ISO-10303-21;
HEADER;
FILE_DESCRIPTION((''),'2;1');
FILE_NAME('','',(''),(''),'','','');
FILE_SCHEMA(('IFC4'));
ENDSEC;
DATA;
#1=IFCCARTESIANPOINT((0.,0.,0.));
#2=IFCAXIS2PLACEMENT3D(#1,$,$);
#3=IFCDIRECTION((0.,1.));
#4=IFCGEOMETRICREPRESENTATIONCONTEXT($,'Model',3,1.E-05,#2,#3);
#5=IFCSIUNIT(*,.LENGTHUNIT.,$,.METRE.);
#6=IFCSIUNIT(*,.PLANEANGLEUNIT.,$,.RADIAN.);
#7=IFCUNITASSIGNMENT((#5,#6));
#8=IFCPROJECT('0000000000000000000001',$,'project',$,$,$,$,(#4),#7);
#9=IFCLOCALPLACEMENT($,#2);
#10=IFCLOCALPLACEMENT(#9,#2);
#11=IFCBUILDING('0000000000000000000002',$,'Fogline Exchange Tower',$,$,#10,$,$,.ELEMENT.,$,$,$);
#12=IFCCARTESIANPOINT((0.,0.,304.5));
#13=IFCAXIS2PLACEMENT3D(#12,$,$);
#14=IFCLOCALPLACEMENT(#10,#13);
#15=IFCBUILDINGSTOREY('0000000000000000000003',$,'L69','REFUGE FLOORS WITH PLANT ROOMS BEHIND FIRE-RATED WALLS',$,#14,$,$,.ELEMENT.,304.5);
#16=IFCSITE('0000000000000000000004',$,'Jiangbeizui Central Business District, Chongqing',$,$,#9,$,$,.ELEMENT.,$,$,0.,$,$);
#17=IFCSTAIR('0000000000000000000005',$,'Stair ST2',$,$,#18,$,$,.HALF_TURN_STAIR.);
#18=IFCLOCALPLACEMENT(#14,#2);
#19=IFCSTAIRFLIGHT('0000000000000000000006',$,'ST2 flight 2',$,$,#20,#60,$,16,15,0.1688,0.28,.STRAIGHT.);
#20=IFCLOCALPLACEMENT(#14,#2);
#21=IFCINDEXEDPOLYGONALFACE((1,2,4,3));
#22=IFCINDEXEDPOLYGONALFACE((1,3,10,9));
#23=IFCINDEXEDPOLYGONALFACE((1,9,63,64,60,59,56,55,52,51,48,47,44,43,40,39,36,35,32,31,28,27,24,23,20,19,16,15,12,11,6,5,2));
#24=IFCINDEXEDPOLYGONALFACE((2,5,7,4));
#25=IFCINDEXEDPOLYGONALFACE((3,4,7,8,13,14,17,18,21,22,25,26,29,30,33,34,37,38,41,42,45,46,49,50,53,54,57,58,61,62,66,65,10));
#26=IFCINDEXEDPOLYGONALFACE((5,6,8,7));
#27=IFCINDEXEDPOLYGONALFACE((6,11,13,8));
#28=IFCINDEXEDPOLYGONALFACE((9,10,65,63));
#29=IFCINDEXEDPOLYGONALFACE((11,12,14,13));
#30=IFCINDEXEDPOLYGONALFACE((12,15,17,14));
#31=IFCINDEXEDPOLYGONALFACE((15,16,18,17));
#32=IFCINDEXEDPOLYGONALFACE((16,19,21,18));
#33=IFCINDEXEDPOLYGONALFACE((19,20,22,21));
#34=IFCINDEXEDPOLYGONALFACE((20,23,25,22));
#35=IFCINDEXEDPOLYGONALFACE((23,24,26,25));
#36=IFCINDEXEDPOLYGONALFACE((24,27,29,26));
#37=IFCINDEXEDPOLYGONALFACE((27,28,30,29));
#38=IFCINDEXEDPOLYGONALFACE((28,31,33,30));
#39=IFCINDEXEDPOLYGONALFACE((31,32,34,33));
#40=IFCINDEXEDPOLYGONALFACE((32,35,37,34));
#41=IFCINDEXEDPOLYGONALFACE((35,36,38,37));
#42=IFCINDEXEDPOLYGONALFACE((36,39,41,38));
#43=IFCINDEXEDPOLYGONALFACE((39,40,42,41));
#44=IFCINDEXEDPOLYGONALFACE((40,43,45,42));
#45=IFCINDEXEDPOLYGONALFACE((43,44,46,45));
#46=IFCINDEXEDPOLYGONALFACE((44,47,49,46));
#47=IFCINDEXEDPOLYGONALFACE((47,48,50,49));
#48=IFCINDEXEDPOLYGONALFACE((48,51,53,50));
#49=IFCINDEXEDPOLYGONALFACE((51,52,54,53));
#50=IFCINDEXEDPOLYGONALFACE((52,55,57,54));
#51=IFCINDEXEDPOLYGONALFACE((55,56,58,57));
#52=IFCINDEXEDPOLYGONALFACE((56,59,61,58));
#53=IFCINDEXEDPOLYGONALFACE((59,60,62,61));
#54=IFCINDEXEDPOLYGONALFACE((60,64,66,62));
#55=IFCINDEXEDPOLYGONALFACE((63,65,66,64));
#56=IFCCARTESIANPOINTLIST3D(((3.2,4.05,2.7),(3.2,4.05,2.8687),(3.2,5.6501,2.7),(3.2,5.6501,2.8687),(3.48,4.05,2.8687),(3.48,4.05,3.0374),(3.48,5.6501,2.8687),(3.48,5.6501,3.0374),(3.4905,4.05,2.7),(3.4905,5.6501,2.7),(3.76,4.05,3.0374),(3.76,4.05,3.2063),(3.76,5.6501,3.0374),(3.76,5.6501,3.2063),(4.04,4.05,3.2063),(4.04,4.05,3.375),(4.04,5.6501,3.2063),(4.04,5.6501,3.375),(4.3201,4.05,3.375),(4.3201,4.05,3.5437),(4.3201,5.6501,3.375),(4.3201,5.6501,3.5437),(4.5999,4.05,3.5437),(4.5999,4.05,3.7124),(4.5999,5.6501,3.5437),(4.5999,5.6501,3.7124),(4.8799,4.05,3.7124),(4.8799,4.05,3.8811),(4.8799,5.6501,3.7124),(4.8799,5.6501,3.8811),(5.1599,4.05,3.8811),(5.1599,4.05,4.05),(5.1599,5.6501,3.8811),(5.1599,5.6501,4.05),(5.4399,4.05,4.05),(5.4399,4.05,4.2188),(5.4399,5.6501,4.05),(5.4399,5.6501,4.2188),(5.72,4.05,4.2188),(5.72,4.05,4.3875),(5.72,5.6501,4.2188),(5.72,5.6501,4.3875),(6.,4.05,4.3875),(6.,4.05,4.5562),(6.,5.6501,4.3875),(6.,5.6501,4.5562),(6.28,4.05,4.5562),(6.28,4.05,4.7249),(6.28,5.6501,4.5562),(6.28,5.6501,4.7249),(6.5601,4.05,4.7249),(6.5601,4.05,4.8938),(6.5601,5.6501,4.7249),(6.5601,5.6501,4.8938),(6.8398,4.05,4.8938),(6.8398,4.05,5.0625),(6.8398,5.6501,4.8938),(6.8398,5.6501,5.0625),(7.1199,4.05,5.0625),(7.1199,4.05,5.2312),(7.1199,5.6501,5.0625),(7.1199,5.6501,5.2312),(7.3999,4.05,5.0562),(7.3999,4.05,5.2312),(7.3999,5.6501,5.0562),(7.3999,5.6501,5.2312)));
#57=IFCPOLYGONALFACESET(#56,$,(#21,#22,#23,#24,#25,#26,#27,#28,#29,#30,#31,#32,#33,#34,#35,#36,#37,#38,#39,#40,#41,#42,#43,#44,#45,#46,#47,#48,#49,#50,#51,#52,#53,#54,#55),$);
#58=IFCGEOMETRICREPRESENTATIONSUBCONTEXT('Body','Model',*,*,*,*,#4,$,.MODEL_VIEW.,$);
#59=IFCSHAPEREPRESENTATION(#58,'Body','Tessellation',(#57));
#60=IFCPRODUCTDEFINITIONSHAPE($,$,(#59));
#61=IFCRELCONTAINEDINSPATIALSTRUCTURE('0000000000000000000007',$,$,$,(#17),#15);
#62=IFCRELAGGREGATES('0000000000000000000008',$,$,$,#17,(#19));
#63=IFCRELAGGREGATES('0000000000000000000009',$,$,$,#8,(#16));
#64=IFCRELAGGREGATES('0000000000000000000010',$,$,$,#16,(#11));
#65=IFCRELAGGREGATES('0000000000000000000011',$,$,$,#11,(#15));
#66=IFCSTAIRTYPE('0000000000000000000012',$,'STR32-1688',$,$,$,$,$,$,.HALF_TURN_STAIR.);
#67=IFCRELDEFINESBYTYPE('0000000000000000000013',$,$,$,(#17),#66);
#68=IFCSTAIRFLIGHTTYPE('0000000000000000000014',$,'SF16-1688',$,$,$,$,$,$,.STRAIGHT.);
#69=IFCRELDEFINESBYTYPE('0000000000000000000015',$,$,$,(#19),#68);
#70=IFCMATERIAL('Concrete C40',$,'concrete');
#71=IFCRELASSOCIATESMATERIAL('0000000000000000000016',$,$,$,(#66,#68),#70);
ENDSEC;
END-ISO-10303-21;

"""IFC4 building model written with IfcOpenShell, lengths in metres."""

from ifc_helpers import new_model, si_unit, direction, frame, origin, place, context, subcontext, project, spatial, polyline, outline, extrude, material, type_object, element, aggregate, save


model = new_model("IFC4")

# Units and contexts
model_context = context("Model", 3, precision=1e-05, world=origin(), true_north=direction((0.0, 1.0)))
body_context = subcontext(model_context, "Body", "Model", "MODEL_VIEW")
ifc_project = project(units=[si_unit("LENGTHUNIT", "METRE"), si_unit("PLANEANGLEUNIT", "RADIAN")], contexts=[model_context])

# Site, building, storey
site_placement = place(None, origin())
site = spatial("IfcSite", under=ifc_project, at=site_placement, Name="Jiangbeizui Central Business District, Chongqing", CompositionType="ELEMENT", RefElevation=0.0)
building_placement = place(site_placement, origin())
building = spatial("IfcBuilding", under=site, at=building_placement, Name="Fogline Exchange Tower", CompositionType="ELEMENT")
storey_placement = place(building_placement, frame((0.0, 0.0, 304.5)))
storey = spatial("IfcBuildingStorey", under=building, at=storey_placement, Name="L69", Description="REFUGE FLOORS WITH PLANT ROOMS BEHIND FIRE-RATED WALLS", CompositionType="ELEMENT", Elevation=304.5)

# Shared definitions
ifc_material_1 = material(Name="Concrete C40", Category="concrete")

# Stair, stair flight
stair_type = type_object("IfcStairType", Name="STR32-1688", PredefinedType="HALF_TURN_STAIR", material=ifc_material_1)
stair_placement = place(storey_placement, origin())
stair = element("IfcStair", 1, at=stair_placement, inside=storey, type_object=stair_type, Name="Stair ST2", PredefinedType="HALF_TURN_STAIR")
stair_flight_type = type_object("IfcStairFlightType", Name="SF16-1688", PredefinedType="STRAIGHT", material=ifc_material_1)
stair_flight_1_placement = place(storey_placement, frame((3.2, 4.8501, 2.7), z_axis=(0.0, 0.0, 1.0), x_axis=(1.0, 0.0, 0.0)))
stair_flight_1 = element("IfcStairFlight", 2, at=stair_flight_1_placement, type_object=stair_flight_type, Name="ST2 flight 2", NumberOfRisers=16, NumberOfTreads=15, PredefinedType="STRAIGHT", RiserHeight=0.1688, TreadLength=0.28, context=body_context, shape_type="SweptSolid", body=[
    extrude(outline(polyline([(0.0, 0.0), (0.0, 0.1687), (0.28, 0.1687), (0.28, 0.3374), (0.5601, 0.3374), (0.5601, 0.5063), (0.8401, 0.5063), (0.8401, 0.675), (1.1201, 0.675), (1.1201, 0.8438), (1.3999, 0.8438), (1.3999, 1.0125), (1.6799, 1.0125), (1.6799, 1.1812), (1.96, 1.1812), (1.96, 1.3501), (2.24, 1.3501), (2.24, 1.5188), (2.52, 1.5188), (2.52, 1.6875), (2.8, 1.6875), (2.8, 1.8562), (3.0801, 1.8562), (3.0801, 2.0249), (3.3601, 2.0249), (3.3601, 2.1938), (3.6399, 2.1938), (3.6399, 2.3625), (3.9199, 2.3625), (3.9199, 2.5312), (4.2, 2.5312), (4.2, 2.7), (4.2, 2.3562), (0.2905, 0.0), (0.0, 0.0)])), frame((0.0, 0.8, 0.0), z_axis=(0.0, -1.0, 0.0), x_axis=(1.0, 0.0, 0.0)), (0.0, 0.0, 1.0), 1.6001),
])
aggregate(stair, [stair_flight_1])

save(model, "model.ifc")
